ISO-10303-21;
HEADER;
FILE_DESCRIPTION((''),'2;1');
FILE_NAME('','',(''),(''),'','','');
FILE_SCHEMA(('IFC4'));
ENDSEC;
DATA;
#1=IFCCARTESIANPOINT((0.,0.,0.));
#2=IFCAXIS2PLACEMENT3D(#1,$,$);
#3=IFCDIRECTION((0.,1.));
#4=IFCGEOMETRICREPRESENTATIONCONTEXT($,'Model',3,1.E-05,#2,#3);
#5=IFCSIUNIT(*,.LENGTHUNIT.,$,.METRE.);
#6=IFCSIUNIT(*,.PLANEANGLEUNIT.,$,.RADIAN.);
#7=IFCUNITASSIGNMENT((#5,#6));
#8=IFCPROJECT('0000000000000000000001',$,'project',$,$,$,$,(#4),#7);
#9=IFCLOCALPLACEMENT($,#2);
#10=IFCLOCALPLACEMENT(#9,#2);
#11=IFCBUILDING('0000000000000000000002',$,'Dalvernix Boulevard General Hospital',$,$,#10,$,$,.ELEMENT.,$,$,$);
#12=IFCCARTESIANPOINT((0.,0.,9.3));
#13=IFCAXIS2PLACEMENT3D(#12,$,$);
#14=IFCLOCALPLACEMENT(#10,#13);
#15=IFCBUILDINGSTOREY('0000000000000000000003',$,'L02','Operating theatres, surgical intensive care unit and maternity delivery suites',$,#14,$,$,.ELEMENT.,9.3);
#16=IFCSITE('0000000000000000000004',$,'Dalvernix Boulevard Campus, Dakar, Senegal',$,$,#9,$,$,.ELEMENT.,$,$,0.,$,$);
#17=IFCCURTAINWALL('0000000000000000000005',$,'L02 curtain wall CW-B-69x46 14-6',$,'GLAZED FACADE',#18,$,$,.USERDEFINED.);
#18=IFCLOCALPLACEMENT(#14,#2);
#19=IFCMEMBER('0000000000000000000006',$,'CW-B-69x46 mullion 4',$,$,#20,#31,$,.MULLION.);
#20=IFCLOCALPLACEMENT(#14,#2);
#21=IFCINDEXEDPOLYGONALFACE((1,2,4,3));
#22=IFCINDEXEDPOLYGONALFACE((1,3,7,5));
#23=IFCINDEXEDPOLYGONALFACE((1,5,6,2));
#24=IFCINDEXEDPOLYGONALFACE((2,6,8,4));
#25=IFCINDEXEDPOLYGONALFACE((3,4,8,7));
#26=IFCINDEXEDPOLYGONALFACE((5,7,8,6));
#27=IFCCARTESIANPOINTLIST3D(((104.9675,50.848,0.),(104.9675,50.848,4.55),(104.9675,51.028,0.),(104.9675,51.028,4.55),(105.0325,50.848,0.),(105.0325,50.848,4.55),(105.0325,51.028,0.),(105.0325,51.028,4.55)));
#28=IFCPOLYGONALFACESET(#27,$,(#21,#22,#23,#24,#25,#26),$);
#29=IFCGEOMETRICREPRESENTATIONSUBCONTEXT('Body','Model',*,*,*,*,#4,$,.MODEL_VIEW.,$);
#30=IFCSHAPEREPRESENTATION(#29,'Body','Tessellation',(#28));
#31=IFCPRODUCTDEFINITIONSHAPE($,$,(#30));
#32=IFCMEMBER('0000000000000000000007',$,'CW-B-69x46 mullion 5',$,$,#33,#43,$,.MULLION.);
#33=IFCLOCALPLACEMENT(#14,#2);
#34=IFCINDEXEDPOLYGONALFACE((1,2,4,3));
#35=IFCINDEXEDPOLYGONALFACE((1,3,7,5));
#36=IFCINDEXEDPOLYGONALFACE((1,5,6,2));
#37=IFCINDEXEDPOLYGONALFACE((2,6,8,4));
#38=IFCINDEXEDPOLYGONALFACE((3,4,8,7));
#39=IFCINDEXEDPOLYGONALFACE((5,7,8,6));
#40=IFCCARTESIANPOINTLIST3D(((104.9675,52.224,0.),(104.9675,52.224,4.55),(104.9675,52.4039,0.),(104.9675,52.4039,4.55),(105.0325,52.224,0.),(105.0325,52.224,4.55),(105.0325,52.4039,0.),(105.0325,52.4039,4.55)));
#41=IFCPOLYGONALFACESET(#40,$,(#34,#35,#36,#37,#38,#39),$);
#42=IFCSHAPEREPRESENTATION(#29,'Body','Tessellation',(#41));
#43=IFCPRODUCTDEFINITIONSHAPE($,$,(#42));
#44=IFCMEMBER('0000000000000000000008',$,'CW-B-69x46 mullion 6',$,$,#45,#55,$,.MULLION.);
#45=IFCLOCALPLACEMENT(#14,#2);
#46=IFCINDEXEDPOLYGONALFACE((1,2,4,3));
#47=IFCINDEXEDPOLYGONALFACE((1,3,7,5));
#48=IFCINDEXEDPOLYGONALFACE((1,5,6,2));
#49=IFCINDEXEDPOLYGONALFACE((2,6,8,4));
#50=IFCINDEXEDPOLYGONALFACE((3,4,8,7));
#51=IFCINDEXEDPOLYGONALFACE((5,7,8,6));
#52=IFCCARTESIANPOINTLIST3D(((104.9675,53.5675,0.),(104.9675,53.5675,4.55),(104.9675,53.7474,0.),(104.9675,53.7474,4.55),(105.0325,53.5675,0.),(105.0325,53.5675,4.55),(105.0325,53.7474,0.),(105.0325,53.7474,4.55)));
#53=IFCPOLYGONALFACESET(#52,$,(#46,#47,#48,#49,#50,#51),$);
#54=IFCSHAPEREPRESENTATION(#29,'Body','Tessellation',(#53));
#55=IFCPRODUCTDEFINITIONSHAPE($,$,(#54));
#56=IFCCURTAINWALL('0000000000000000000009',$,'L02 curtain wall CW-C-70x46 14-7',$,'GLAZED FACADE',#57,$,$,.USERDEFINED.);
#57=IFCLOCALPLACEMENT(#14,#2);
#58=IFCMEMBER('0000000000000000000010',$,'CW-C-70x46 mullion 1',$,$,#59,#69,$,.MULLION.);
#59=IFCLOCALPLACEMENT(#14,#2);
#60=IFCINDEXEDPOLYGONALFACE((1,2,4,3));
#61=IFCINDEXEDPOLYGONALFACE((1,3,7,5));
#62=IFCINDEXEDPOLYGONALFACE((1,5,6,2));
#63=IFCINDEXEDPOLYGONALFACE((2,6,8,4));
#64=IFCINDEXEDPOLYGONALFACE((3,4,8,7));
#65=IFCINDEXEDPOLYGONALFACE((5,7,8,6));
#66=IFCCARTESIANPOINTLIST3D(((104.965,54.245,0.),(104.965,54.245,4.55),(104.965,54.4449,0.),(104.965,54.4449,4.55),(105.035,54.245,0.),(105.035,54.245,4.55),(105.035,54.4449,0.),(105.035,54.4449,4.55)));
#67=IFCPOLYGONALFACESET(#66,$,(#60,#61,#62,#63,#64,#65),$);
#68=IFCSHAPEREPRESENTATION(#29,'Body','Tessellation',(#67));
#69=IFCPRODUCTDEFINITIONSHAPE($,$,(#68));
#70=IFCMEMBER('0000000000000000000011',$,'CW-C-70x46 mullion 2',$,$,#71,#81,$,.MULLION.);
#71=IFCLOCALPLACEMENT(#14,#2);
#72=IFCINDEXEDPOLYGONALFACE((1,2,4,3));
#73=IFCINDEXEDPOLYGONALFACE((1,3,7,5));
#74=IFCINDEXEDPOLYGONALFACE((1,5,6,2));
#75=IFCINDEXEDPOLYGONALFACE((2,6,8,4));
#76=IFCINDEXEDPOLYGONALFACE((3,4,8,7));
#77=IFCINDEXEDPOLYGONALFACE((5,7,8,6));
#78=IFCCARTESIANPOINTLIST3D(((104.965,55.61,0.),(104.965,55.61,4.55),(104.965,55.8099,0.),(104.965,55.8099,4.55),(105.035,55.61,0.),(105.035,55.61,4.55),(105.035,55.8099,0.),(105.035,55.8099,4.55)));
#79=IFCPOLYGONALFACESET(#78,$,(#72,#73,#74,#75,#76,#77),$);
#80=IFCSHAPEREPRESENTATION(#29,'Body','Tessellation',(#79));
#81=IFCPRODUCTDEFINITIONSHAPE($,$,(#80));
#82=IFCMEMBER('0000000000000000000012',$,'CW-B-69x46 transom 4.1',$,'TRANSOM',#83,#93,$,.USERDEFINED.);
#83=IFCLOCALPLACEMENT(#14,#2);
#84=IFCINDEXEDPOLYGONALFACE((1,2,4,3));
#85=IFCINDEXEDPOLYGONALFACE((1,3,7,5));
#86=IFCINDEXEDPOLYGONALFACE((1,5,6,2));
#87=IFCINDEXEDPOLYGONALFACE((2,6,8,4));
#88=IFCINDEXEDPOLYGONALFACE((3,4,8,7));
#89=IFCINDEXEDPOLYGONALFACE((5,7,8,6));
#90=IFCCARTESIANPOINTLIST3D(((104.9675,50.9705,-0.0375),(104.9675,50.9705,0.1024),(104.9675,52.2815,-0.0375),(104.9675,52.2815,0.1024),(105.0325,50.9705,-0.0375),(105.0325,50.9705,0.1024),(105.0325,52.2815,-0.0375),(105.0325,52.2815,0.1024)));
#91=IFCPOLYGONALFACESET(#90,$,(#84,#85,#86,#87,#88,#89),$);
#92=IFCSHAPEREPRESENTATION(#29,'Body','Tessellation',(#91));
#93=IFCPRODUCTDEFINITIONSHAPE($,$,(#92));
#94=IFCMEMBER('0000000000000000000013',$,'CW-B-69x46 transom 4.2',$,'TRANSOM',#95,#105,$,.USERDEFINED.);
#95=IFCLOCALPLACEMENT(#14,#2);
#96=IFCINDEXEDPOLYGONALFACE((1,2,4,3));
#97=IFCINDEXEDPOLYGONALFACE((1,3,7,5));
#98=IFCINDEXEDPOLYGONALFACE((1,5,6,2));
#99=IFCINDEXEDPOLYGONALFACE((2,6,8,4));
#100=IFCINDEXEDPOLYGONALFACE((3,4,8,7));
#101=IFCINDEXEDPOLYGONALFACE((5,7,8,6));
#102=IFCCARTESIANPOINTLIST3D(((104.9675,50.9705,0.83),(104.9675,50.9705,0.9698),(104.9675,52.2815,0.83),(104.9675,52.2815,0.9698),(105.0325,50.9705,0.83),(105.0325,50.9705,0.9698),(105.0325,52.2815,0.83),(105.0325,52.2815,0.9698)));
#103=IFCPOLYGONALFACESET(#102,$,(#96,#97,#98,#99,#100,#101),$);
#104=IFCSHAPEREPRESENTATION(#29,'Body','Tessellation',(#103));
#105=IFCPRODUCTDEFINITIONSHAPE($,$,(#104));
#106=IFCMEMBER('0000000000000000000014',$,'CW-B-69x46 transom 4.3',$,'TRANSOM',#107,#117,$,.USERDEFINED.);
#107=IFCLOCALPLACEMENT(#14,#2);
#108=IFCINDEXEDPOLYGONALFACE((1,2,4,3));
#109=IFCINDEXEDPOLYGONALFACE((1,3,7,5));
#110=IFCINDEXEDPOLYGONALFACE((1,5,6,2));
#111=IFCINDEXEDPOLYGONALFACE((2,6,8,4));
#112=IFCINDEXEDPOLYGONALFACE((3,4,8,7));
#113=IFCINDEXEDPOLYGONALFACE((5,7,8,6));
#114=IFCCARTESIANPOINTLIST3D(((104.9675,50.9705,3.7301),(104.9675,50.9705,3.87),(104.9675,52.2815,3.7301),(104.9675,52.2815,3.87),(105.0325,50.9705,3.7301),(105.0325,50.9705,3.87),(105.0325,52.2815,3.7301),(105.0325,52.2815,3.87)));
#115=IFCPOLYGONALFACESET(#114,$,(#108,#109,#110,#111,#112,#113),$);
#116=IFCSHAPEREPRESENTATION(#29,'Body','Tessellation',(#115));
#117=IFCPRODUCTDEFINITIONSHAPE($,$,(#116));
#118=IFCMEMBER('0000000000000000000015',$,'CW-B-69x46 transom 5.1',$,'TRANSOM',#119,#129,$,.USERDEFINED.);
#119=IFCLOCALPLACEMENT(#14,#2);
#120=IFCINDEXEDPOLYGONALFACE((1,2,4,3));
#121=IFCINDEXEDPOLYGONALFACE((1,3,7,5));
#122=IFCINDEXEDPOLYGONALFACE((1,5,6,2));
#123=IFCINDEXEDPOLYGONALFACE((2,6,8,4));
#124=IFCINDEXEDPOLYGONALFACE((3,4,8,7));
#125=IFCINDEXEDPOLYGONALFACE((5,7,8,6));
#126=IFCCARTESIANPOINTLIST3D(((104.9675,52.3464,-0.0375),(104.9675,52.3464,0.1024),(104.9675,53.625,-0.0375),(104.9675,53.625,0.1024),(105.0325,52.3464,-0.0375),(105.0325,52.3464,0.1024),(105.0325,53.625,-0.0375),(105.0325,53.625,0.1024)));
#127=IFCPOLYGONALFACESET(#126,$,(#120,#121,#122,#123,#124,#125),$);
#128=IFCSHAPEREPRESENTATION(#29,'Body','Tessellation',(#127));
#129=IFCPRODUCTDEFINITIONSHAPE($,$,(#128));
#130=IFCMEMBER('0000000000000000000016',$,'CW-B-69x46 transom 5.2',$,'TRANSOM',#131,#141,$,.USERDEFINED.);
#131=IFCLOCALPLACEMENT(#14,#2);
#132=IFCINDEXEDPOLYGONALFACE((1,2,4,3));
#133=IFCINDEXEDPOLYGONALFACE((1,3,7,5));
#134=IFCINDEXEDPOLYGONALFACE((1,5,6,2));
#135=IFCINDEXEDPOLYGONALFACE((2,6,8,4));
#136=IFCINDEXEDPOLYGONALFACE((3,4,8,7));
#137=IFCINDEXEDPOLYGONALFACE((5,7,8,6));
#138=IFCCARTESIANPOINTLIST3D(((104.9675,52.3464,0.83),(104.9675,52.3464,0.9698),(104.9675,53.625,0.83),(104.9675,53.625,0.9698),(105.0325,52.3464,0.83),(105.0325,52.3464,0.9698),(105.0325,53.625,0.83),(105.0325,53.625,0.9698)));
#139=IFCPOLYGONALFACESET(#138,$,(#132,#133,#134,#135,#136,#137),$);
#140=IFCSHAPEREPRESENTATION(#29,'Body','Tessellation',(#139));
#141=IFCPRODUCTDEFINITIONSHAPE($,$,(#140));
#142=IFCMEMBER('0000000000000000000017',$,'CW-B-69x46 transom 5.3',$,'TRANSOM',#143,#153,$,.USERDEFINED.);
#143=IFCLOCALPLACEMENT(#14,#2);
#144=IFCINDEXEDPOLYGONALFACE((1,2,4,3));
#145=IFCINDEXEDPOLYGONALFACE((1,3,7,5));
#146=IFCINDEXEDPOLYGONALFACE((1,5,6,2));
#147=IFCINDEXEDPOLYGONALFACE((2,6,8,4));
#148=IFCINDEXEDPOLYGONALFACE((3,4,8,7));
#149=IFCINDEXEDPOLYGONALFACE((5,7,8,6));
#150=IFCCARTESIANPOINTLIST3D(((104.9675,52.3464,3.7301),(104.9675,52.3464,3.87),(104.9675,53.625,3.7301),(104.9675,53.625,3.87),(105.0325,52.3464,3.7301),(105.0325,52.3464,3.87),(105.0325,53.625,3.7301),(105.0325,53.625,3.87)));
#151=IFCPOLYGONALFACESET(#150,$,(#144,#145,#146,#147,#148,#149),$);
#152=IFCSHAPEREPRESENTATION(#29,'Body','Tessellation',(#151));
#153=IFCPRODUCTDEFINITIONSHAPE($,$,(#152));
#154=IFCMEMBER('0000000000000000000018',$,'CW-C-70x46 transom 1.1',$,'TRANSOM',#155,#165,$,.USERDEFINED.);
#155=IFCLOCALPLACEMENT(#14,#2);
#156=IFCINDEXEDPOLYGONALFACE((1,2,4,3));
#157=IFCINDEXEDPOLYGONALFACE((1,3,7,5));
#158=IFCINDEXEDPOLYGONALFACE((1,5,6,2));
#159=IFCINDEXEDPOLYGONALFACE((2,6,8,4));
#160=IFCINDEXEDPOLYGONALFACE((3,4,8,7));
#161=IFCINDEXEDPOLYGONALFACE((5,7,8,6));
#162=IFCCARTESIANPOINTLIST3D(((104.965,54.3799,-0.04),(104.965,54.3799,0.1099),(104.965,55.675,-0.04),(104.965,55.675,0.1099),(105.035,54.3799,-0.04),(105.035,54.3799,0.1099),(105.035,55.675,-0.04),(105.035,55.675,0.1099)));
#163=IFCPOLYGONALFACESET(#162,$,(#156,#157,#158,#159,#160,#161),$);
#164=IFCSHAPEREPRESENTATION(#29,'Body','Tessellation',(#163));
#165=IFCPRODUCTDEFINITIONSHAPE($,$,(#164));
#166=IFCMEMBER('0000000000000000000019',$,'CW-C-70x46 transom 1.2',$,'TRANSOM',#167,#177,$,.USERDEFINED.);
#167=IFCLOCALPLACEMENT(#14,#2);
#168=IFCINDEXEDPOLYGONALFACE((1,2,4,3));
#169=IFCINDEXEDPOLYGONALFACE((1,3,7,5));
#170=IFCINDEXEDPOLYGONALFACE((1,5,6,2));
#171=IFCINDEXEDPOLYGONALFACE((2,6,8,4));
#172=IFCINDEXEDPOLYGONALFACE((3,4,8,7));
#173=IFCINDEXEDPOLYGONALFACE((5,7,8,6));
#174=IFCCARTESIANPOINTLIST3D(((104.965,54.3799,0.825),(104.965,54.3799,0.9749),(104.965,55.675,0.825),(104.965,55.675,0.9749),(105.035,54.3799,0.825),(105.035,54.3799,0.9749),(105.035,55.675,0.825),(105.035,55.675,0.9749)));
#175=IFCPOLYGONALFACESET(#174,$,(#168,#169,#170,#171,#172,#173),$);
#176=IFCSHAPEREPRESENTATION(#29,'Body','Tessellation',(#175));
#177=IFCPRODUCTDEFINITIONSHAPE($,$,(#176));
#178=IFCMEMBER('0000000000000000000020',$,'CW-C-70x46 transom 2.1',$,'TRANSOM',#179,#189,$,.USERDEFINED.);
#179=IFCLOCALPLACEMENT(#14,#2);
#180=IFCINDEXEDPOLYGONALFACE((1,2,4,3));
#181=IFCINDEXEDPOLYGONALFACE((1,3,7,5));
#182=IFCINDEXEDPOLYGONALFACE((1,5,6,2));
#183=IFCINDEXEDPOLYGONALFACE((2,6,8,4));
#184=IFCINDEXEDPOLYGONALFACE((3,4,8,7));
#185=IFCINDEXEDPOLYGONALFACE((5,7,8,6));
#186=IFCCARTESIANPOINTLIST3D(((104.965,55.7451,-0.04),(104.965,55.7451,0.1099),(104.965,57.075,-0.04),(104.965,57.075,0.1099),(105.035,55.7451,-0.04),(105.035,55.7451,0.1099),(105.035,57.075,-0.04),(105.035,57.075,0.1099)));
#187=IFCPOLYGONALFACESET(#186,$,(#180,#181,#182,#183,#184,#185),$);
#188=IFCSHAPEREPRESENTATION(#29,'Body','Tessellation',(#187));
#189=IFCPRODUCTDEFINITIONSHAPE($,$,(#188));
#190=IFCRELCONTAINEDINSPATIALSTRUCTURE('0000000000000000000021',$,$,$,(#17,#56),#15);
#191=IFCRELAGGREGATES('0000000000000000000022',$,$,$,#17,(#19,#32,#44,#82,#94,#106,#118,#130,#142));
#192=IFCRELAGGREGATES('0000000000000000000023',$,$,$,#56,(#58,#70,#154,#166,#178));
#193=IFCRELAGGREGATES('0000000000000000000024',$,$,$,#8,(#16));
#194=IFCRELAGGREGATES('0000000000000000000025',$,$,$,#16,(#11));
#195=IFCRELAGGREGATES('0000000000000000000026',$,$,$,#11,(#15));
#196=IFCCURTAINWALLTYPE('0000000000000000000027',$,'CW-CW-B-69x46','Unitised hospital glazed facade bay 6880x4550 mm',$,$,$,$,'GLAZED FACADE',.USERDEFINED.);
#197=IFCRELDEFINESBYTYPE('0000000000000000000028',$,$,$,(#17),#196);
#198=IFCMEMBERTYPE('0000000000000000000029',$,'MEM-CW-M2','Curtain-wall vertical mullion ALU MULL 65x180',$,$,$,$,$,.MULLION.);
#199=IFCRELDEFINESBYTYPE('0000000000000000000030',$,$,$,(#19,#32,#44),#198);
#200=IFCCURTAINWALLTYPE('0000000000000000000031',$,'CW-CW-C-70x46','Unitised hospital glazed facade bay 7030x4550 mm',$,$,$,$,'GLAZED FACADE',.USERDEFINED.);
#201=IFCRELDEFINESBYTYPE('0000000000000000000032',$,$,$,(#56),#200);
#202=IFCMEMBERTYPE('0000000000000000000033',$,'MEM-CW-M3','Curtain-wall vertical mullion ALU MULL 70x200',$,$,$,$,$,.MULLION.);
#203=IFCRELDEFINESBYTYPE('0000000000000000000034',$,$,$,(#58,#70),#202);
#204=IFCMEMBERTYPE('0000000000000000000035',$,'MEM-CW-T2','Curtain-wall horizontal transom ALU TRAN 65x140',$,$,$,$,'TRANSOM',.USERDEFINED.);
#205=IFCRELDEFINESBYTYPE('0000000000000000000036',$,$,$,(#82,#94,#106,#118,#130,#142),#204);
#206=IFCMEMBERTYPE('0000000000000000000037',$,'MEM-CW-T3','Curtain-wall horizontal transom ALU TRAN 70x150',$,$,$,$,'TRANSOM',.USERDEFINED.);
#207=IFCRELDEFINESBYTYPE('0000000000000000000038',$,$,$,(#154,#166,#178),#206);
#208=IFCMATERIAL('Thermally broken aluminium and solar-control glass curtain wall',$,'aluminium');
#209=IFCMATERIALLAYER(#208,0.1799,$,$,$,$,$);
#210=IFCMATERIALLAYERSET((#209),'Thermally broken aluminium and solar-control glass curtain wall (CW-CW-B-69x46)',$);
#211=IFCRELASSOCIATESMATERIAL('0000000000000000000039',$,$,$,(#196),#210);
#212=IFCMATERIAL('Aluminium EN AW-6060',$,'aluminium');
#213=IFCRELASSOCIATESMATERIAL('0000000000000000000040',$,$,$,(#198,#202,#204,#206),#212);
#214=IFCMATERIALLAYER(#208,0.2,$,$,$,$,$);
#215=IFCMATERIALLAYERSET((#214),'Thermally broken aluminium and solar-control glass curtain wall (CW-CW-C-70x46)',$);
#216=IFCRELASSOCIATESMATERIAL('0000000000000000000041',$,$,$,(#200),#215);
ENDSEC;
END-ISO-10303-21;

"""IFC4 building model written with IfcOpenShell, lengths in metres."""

from ifc_helpers import new_model, si_unit, direction, frame, origin, origin_2d, place, context, subcontext, project, spatial, rectangle, extrude, material, layer, layer_set, material_profile, profile_set, type_object, element, aggregate, save


model = new_model("IFC4")

# Units and contexts
model_context = context("Model", 3, precision=1e-05, world=origin(), true_north=direction((0.0, 1.0)))
body_context = subcontext(model_context, "Body", "Model", "MODEL_VIEW")
ifc_project = project(units=[si_unit("LENGTHUNIT", "METRE"), si_unit("PLANEANGLEUNIT", "RADIAN")], contexts=[model_context])

# Site, building, storey
site_placement = place(None, origin())
site = spatial("IfcSite", under=ifc_project, at=site_placement, Name="Dalvernix Boulevard Campus, Dakar, Senegal", CompositionType="ELEMENT", RefElevation=0.0)
building_placement = place(site_placement, origin())
building = spatial("IfcBuilding", under=site, at=building_placement, Name="Dalvernix Boulevard General Hospital", CompositionType="ELEMENT")
storey_placement = place(building_placement, frame((0.0, 0.0, 9.3)))
storey = spatial("IfcBuildingStorey", under=building, at=storey_placement, Name="L02", Description="Operating theatres, surgical intensive care unit and maternity delivery suites", CompositionType="ELEMENT", Elevation=9.3)

# Curtain walls, members
ifc_material_1 = material(Name="Thermally broken aluminium and solar-control glass curtain wall", Category="aluminium")
ifc_layer_1 = layer(ifc_material_1, 0.1799)
ifc_layer_set_1 = layer_set([ifc_layer_1], Name="Thermally broken aluminium and solar-control glass curtain wall (CW-CW-B-69x46)")
curtain_wall_type_1 = type_object("IfcCurtainWallType", Name="CW-CW-B-69x46", Description="Unitised hospital glazed facade bay 6880x4550 mm", ElementType="GLAZED FACADE", PredefinedType="USERDEFINED", material=ifc_layer_set_1)
curtain_wall_1_placement = place(storey_placement, origin())
curtain_wall_1 = element("IfcCurtainWall", 1, at=curtain_wall_1_placement, inside=storey, type_object=curtain_wall_type_1, Name="L02 curtain wall CW-B-69x46 14-6", ObjectType="GLAZED FACADE", PredefinedType="USERDEFINED")
ifc_material_2 = material(Name="Aluminium EN AW-6060", Category="aluminium")
ifc_material_profile_1 = material_profile(ifc_material_2, rectangle(XDim=0.0649, YDim=0.1799, at=origin_2d()), Name="ALU MULL 65x180")
ifc_profile_set_1 = profile_set([ifc_material_profile_1], Name="Aluminium EN AW-6060")
member_type_1 = type_object("IfcMemberType", Name="MEM-CW-M2", Description="Curtain-wall vertical mullion ALU MULL 65x180", PredefinedType="MULLION", material=ifc_profile_set_1)
member_1_placement = place(storey_placement, frame((105.0, 50.938, 0.0), z_axis=(0.0, 0.0, 1.0), x_axis=(-1.0, 0.0, 0.0)))
member_1 = element("IfcMember", 2, at=member_1_placement, type_object=member_type_1, Name="CW-B-69x46 mullion 4", PredefinedType="MULLION", context=body_context, shape_type="SweptSolid", body=[
    extrude(rectangle(XDim=0.0649, YDim=0.1799, at=origin_2d()), origin(), (0.0, 0.0, 1.0), 4.55),
])
member_2_placement = place(storey_placement, frame((105.0, 52.314, 0.0), z_axis=(0.0, 0.0, 1.0), x_axis=(-1.0, 0.0, 0.0)))
member_2 = element("IfcMember", 3, at=member_2_placement, type_object=member_type_1, Name="CW-B-69x46 mullion 5", PredefinedType="MULLION", context=body_context, shape_type="SweptSolid", body=[
    extrude(rectangle(XDim=0.0649, YDim=0.1799, at=origin_2d()), origin(), (0.0, 0.0, 1.0), 4.55),
])
member_3_placement = place(storey_placement, frame((105.0, 53.6575, 0.0), z_axis=(0.0, 0.0, 1.0), x_axis=(-1.0, 0.0, 0.0)))
member_3 = element("IfcMember", 4, at=member_3_placement, type_object=member_type_1, Name="CW-B-69x46 mullion 6", PredefinedType="MULLION", context=body_context, shape_type="SweptSolid", body=[
    extrude(rectangle(XDim=0.0649, YDim=0.1799, at=origin_2d()), origin(), (0.0, 0.0, 1.0), 4.55),
])
ifc_layer_2 = layer(ifc_material_1, 0.2)
ifc_layer_set_2 = layer_set([ifc_layer_2], Name="Thermally broken aluminium and solar-control glass curtain wall (CW-CW-C-70x46)")
curtain_wall_type_2 = type_object("IfcCurtainWallType", Name="CW-CW-C-70x46", Description="Unitised hospital glazed facade bay 7030x4550 mm", ElementType="GLAZED FACADE", PredefinedType="USERDEFINED", material=ifc_layer_set_2)
curtain_wall_2_placement = place(storey_placement, origin())
curtain_wall_2 = element("IfcCurtainWall", 5, at=curtain_wall_2_placement, inside=storey, type_object=curtain_wall_type_2, Name="L02 curtain wall CW-C-70x46 14-7", ObjectType="GLAZED FACADE", PredefinedType="USERDEFINED")
ifc_material_profile_2 = material_profile(ifc_material_2, rectangle(XDim=0.0701, YDim=0.2, at=origin_2d()), Name="ALU MULL 70x200")
ifc_profile_set_2 = profile_set([ifc_material_profile_2], Name="Aluminium EN AW-6060")
member_type_2 = type_object("IfcMemberType", Name="MEM-CW-M3", Description="Curtain-wall vertical mullion ALU MULL 70x200", PredefinedType="MULLION", material=ifc_profile_set_2)
member_4_placement = place(storey_placement, frame((105.0, 54.345, 0.0), z_axis=(0.0, 0.0, 1.0), x_axis=(-1.0, 0.0, 0.0)))
member_4 = element("IfcMember", 6, at=member_4_placement, type_object=member_type_2, Name="CW-C-70x46 mullion 1", PredefinedType="MULLION", context=body_context, shape_type="SweptSolid", body=[
    extrude(rectangle(XDim=0.0701, YDim=0.2, at=origin_2d()), origin(), (0.0, 0.0, 1.0), 4.55),
])
member_5_placement = place(storey_placement, frame((105.0, 55.71, 0.0), z_axis=(0.0, 0.0, 1.0), x_axis=(-1.0, 0.0, 0.0)))
member_5 = element("IfcMember", 7, at=member_5_placement, type_object=member_type_2, Name="CW-C-70x46 mullion 2", PredefinedType="MULLION", context=body_context, shape_type="SweptSolid", body=[
    extrude(rectangle(XDim=0.0701, YDim=0.2, at=origin_2d()), origin(), (0.0, 0.0, 1.0), 4.55),
])

# Members
ifc_material_profile_3 = material_profile(ifc_material_2, rectangle(XDim=0.0649, YDim=0.1399, at=origin_2d()), Name="ALU TRAN 65x140")
ifc_profile_set_3 = profile_set([ifc_material_profile_3], Name="Aluminium EN AW-6060")
member_type_3 = type_object("IfcMemberType", Name="MEM-CW-T2", Description="Curtain-wall horizontal transom ALU TRAN 65x140", ElementType="TRANSOM", PredefinedType="USERDEFINED", material=ifc_profile_set_3)
member_6_placement = place(storey_placement, frame((105.0, 50.9705, 0.0325), z_axis=(0.0, 1.0, 0.0), x_axis=(-1.0, 0.0, 0.0)))
member_6 = element("IfcMember", 8, at=member_6_placement, type_object=member_type_3, Name="CW-B-69x46 transom 4.1", ObjectType="TRANSOM", PredefinedType="USERDEFINED", context=body_context, shape_type="SweptSolid", body=[
    extrude(rectangle(XDim=0.0649, YDim=0.1399, at=origin_2d()), origin(), (0.0, 0.0, 1.0), 1.311),
])
member_7_placement = place(storey_placement, frame((105.0, 50.9705, 0.8999), z_axis=(0.0, 1.0, 0.0), x_axis=(-1.0, 0.0, 0.0)))
member_7 = element("IfcMember", 9, at=member_7_placement, type_object=member_type_3, Name="CW-B-69x46 transom 4.2", ObjectType="TRANSOM", PredefinedType="USERDEFINED", context=body_context, shape_type="SweptSolid", body=[
    extrude(rectangle(XDim=0.0649, YDim=0.1399, at=origin_2d()), origin(), (0.0, 0.0, 1.0), 1.311),
])
member_8_placement = place(storey_placement, frame((105.0, 50.9705, 3.8), z_axis=(0.0, 1.0, 0.0), x_axis=(-1.0, 0.0, 0.0)))
member_8 = element("IfcMember", 10, at=member_8_placement, type_object=member_type_3, Name="CW-B-69x46 transom 4.3", ObjectType="TRANSOM", PredefinedType="USERDEFINED", context=body_context, shape_type="SweptSolid", body=[
    extrude(rectangle(XDim=0.0649, YDim=0.1399, at=origin_2d()), origin(), (0.0, 0.0, 1.0), 1.311),
])
member_9_placement = place(storey_placement, frame((105.0, 52.3464, 0.0325), z_axis=(0.0, 1.0, 0.0), x_axis=(-1.0, 0.0, 0.0)))
member_9 = element("IfcMember", 11, at=member_9_placement, type_object=member_type_3, Name="CW-B-69x46 transom 5.1", ObjectType="TRANSOM", PredefinedType="USERDEFINED", context=body_context, shape_type="SweptSolid", body=[
    extrude(rectangle(XDim=0.0649, YDim=0.1399, at=origin_2d()), origin(), (0.0, 0.0, 1.0), 1.2786),
])
member_10_placement = place(storey_placement, frame((105.0, 52.3464, 0.8999), z_axis=(0.0, 1.0, 0.0), x_axis=(-1.0, 0.0, 0.0)))
member_10 = element("IfcMember", 12, at=member_10_placement, type_object=member_type_3, Name="CW-B-69x46 transom 5.2", ObjectType="TRANSOM", PredefinedType="USERDEFINED", context=body_context, shape_type="SweptSolid", body=[
    extrude(rectangle(XDim=0.0649, YDim=0.1399, at=origin_2d()), origin(), (0.0, 0.0, 1.0), 1.2786),
])
member_11_placement = place(storey_placement, frame((105.0, 52.3464, 3.8), z_axis=(0.0, 1.0, 0.0), x_axis=(-1.0, 0.0, 0.0)))
member_11 = element("IfcMember", 13, at=member_11_placement, type_object=member_type_3, Name="CW-B-69x46 transom 5.3", ObjectType="TRANSOM", PredefinedType="USERDEFINED", context=body_context, shape_type="SweptSolid", body=[
    extrude(rectangle(XDim=0.0649, YDim=0.1399, at=origin_2d()), origin(), (0.0, 0.0, 1.0), 1.2786),
])
ifc_material_profile_4 = material_profile(ifc_material_2, rectangle(XDim=0.0701, YDim=0.1499, at=origin_2d()), Name="ALU TRAN 70x150")
ifc_profile_set_4 = profile_set([ifc_material_profile_4], Name="Aluminium EN AW-6060")
member_type_4 = type_object("IfcMemberType", Name="MEM-CW-T3", Description="Curtain-wall horizontal transom ALU TRAN 70x150", ElementType="TRANSOM", PredefinedType="USERDEFINED", material=ifc_profile_set_4)
member_12_placement = place(storey_placement, frame((105.0, 54.3799, 0.0349), z_axis=(0.0, 1.0, 0.0), x_axis=(-1.0, 0.0, 0.0)))
member_12 = element("IfcMember", 14, at=member_12_placement, type_object=member_type_4, Name="CW-C-70x46 transom 1.1", ObjectType="TRANSOM", PredefinedType="USERDEFINED", context=body_context, shape_type="SweptSolid", body=[
    extrude(rectangle(XDim=0.0701, YDim=0.1499, at=origin_2d()), origin(), (0.0, 0.0, 1.0), 1.2952),
])
member_13_placement = place(storey_placement, frame((105.0, 54.3799, 0.8999), z_axis=(0.0, 1.0, 0.0), x_axis=(-1.0, 0.0, 0.0)))
member_13 = element("IfcMember", 15, at=member_13_placement, type_object=member_type_4, Name="CW-C-70x46 transom 1.2", ObjectType="TRANSOM", PredefinedType="USERDEFINED", context=body_context, shape_type="SweptSolid", body=[
    extrude(rectangle(XDim=0.0701, YDim=0.1499, at=origin_2d()), origin(), (0.0, 0.0, 1.0), 1.2952),
])
member_14_placement = place(storey_placement, frame((105.0, 55.7451, 0.0349), z_axis=(0.0, 1.0, 0.0), x_axis=(-1.0, 0.0, 0.0)))
member_14 = element("IfcMember", 16, at=member_14_placement, type_object=member_type_4, Name="CW-C-70x46 transom 2.1", ObjectType="TRANSOM", PredefinedType="USERDEFINED", context=body_context, shape_type="SweptSolid", body=[
    extrude(rectangle(XDim=0.0701, YDim=0.1499, at=origin_2d()), origin(), (0.0, 0.0, 1.0), 1.3298),
])

aggregate(curtain_wall_1, [member_1, member_2, member_3, member_6, member_7, member_8, member_9, member_10, member_11])
aggregate(curtain_wall_2, [member_4, member_5, member_12, member_13, member_14])

save(model, "model.ifc")
